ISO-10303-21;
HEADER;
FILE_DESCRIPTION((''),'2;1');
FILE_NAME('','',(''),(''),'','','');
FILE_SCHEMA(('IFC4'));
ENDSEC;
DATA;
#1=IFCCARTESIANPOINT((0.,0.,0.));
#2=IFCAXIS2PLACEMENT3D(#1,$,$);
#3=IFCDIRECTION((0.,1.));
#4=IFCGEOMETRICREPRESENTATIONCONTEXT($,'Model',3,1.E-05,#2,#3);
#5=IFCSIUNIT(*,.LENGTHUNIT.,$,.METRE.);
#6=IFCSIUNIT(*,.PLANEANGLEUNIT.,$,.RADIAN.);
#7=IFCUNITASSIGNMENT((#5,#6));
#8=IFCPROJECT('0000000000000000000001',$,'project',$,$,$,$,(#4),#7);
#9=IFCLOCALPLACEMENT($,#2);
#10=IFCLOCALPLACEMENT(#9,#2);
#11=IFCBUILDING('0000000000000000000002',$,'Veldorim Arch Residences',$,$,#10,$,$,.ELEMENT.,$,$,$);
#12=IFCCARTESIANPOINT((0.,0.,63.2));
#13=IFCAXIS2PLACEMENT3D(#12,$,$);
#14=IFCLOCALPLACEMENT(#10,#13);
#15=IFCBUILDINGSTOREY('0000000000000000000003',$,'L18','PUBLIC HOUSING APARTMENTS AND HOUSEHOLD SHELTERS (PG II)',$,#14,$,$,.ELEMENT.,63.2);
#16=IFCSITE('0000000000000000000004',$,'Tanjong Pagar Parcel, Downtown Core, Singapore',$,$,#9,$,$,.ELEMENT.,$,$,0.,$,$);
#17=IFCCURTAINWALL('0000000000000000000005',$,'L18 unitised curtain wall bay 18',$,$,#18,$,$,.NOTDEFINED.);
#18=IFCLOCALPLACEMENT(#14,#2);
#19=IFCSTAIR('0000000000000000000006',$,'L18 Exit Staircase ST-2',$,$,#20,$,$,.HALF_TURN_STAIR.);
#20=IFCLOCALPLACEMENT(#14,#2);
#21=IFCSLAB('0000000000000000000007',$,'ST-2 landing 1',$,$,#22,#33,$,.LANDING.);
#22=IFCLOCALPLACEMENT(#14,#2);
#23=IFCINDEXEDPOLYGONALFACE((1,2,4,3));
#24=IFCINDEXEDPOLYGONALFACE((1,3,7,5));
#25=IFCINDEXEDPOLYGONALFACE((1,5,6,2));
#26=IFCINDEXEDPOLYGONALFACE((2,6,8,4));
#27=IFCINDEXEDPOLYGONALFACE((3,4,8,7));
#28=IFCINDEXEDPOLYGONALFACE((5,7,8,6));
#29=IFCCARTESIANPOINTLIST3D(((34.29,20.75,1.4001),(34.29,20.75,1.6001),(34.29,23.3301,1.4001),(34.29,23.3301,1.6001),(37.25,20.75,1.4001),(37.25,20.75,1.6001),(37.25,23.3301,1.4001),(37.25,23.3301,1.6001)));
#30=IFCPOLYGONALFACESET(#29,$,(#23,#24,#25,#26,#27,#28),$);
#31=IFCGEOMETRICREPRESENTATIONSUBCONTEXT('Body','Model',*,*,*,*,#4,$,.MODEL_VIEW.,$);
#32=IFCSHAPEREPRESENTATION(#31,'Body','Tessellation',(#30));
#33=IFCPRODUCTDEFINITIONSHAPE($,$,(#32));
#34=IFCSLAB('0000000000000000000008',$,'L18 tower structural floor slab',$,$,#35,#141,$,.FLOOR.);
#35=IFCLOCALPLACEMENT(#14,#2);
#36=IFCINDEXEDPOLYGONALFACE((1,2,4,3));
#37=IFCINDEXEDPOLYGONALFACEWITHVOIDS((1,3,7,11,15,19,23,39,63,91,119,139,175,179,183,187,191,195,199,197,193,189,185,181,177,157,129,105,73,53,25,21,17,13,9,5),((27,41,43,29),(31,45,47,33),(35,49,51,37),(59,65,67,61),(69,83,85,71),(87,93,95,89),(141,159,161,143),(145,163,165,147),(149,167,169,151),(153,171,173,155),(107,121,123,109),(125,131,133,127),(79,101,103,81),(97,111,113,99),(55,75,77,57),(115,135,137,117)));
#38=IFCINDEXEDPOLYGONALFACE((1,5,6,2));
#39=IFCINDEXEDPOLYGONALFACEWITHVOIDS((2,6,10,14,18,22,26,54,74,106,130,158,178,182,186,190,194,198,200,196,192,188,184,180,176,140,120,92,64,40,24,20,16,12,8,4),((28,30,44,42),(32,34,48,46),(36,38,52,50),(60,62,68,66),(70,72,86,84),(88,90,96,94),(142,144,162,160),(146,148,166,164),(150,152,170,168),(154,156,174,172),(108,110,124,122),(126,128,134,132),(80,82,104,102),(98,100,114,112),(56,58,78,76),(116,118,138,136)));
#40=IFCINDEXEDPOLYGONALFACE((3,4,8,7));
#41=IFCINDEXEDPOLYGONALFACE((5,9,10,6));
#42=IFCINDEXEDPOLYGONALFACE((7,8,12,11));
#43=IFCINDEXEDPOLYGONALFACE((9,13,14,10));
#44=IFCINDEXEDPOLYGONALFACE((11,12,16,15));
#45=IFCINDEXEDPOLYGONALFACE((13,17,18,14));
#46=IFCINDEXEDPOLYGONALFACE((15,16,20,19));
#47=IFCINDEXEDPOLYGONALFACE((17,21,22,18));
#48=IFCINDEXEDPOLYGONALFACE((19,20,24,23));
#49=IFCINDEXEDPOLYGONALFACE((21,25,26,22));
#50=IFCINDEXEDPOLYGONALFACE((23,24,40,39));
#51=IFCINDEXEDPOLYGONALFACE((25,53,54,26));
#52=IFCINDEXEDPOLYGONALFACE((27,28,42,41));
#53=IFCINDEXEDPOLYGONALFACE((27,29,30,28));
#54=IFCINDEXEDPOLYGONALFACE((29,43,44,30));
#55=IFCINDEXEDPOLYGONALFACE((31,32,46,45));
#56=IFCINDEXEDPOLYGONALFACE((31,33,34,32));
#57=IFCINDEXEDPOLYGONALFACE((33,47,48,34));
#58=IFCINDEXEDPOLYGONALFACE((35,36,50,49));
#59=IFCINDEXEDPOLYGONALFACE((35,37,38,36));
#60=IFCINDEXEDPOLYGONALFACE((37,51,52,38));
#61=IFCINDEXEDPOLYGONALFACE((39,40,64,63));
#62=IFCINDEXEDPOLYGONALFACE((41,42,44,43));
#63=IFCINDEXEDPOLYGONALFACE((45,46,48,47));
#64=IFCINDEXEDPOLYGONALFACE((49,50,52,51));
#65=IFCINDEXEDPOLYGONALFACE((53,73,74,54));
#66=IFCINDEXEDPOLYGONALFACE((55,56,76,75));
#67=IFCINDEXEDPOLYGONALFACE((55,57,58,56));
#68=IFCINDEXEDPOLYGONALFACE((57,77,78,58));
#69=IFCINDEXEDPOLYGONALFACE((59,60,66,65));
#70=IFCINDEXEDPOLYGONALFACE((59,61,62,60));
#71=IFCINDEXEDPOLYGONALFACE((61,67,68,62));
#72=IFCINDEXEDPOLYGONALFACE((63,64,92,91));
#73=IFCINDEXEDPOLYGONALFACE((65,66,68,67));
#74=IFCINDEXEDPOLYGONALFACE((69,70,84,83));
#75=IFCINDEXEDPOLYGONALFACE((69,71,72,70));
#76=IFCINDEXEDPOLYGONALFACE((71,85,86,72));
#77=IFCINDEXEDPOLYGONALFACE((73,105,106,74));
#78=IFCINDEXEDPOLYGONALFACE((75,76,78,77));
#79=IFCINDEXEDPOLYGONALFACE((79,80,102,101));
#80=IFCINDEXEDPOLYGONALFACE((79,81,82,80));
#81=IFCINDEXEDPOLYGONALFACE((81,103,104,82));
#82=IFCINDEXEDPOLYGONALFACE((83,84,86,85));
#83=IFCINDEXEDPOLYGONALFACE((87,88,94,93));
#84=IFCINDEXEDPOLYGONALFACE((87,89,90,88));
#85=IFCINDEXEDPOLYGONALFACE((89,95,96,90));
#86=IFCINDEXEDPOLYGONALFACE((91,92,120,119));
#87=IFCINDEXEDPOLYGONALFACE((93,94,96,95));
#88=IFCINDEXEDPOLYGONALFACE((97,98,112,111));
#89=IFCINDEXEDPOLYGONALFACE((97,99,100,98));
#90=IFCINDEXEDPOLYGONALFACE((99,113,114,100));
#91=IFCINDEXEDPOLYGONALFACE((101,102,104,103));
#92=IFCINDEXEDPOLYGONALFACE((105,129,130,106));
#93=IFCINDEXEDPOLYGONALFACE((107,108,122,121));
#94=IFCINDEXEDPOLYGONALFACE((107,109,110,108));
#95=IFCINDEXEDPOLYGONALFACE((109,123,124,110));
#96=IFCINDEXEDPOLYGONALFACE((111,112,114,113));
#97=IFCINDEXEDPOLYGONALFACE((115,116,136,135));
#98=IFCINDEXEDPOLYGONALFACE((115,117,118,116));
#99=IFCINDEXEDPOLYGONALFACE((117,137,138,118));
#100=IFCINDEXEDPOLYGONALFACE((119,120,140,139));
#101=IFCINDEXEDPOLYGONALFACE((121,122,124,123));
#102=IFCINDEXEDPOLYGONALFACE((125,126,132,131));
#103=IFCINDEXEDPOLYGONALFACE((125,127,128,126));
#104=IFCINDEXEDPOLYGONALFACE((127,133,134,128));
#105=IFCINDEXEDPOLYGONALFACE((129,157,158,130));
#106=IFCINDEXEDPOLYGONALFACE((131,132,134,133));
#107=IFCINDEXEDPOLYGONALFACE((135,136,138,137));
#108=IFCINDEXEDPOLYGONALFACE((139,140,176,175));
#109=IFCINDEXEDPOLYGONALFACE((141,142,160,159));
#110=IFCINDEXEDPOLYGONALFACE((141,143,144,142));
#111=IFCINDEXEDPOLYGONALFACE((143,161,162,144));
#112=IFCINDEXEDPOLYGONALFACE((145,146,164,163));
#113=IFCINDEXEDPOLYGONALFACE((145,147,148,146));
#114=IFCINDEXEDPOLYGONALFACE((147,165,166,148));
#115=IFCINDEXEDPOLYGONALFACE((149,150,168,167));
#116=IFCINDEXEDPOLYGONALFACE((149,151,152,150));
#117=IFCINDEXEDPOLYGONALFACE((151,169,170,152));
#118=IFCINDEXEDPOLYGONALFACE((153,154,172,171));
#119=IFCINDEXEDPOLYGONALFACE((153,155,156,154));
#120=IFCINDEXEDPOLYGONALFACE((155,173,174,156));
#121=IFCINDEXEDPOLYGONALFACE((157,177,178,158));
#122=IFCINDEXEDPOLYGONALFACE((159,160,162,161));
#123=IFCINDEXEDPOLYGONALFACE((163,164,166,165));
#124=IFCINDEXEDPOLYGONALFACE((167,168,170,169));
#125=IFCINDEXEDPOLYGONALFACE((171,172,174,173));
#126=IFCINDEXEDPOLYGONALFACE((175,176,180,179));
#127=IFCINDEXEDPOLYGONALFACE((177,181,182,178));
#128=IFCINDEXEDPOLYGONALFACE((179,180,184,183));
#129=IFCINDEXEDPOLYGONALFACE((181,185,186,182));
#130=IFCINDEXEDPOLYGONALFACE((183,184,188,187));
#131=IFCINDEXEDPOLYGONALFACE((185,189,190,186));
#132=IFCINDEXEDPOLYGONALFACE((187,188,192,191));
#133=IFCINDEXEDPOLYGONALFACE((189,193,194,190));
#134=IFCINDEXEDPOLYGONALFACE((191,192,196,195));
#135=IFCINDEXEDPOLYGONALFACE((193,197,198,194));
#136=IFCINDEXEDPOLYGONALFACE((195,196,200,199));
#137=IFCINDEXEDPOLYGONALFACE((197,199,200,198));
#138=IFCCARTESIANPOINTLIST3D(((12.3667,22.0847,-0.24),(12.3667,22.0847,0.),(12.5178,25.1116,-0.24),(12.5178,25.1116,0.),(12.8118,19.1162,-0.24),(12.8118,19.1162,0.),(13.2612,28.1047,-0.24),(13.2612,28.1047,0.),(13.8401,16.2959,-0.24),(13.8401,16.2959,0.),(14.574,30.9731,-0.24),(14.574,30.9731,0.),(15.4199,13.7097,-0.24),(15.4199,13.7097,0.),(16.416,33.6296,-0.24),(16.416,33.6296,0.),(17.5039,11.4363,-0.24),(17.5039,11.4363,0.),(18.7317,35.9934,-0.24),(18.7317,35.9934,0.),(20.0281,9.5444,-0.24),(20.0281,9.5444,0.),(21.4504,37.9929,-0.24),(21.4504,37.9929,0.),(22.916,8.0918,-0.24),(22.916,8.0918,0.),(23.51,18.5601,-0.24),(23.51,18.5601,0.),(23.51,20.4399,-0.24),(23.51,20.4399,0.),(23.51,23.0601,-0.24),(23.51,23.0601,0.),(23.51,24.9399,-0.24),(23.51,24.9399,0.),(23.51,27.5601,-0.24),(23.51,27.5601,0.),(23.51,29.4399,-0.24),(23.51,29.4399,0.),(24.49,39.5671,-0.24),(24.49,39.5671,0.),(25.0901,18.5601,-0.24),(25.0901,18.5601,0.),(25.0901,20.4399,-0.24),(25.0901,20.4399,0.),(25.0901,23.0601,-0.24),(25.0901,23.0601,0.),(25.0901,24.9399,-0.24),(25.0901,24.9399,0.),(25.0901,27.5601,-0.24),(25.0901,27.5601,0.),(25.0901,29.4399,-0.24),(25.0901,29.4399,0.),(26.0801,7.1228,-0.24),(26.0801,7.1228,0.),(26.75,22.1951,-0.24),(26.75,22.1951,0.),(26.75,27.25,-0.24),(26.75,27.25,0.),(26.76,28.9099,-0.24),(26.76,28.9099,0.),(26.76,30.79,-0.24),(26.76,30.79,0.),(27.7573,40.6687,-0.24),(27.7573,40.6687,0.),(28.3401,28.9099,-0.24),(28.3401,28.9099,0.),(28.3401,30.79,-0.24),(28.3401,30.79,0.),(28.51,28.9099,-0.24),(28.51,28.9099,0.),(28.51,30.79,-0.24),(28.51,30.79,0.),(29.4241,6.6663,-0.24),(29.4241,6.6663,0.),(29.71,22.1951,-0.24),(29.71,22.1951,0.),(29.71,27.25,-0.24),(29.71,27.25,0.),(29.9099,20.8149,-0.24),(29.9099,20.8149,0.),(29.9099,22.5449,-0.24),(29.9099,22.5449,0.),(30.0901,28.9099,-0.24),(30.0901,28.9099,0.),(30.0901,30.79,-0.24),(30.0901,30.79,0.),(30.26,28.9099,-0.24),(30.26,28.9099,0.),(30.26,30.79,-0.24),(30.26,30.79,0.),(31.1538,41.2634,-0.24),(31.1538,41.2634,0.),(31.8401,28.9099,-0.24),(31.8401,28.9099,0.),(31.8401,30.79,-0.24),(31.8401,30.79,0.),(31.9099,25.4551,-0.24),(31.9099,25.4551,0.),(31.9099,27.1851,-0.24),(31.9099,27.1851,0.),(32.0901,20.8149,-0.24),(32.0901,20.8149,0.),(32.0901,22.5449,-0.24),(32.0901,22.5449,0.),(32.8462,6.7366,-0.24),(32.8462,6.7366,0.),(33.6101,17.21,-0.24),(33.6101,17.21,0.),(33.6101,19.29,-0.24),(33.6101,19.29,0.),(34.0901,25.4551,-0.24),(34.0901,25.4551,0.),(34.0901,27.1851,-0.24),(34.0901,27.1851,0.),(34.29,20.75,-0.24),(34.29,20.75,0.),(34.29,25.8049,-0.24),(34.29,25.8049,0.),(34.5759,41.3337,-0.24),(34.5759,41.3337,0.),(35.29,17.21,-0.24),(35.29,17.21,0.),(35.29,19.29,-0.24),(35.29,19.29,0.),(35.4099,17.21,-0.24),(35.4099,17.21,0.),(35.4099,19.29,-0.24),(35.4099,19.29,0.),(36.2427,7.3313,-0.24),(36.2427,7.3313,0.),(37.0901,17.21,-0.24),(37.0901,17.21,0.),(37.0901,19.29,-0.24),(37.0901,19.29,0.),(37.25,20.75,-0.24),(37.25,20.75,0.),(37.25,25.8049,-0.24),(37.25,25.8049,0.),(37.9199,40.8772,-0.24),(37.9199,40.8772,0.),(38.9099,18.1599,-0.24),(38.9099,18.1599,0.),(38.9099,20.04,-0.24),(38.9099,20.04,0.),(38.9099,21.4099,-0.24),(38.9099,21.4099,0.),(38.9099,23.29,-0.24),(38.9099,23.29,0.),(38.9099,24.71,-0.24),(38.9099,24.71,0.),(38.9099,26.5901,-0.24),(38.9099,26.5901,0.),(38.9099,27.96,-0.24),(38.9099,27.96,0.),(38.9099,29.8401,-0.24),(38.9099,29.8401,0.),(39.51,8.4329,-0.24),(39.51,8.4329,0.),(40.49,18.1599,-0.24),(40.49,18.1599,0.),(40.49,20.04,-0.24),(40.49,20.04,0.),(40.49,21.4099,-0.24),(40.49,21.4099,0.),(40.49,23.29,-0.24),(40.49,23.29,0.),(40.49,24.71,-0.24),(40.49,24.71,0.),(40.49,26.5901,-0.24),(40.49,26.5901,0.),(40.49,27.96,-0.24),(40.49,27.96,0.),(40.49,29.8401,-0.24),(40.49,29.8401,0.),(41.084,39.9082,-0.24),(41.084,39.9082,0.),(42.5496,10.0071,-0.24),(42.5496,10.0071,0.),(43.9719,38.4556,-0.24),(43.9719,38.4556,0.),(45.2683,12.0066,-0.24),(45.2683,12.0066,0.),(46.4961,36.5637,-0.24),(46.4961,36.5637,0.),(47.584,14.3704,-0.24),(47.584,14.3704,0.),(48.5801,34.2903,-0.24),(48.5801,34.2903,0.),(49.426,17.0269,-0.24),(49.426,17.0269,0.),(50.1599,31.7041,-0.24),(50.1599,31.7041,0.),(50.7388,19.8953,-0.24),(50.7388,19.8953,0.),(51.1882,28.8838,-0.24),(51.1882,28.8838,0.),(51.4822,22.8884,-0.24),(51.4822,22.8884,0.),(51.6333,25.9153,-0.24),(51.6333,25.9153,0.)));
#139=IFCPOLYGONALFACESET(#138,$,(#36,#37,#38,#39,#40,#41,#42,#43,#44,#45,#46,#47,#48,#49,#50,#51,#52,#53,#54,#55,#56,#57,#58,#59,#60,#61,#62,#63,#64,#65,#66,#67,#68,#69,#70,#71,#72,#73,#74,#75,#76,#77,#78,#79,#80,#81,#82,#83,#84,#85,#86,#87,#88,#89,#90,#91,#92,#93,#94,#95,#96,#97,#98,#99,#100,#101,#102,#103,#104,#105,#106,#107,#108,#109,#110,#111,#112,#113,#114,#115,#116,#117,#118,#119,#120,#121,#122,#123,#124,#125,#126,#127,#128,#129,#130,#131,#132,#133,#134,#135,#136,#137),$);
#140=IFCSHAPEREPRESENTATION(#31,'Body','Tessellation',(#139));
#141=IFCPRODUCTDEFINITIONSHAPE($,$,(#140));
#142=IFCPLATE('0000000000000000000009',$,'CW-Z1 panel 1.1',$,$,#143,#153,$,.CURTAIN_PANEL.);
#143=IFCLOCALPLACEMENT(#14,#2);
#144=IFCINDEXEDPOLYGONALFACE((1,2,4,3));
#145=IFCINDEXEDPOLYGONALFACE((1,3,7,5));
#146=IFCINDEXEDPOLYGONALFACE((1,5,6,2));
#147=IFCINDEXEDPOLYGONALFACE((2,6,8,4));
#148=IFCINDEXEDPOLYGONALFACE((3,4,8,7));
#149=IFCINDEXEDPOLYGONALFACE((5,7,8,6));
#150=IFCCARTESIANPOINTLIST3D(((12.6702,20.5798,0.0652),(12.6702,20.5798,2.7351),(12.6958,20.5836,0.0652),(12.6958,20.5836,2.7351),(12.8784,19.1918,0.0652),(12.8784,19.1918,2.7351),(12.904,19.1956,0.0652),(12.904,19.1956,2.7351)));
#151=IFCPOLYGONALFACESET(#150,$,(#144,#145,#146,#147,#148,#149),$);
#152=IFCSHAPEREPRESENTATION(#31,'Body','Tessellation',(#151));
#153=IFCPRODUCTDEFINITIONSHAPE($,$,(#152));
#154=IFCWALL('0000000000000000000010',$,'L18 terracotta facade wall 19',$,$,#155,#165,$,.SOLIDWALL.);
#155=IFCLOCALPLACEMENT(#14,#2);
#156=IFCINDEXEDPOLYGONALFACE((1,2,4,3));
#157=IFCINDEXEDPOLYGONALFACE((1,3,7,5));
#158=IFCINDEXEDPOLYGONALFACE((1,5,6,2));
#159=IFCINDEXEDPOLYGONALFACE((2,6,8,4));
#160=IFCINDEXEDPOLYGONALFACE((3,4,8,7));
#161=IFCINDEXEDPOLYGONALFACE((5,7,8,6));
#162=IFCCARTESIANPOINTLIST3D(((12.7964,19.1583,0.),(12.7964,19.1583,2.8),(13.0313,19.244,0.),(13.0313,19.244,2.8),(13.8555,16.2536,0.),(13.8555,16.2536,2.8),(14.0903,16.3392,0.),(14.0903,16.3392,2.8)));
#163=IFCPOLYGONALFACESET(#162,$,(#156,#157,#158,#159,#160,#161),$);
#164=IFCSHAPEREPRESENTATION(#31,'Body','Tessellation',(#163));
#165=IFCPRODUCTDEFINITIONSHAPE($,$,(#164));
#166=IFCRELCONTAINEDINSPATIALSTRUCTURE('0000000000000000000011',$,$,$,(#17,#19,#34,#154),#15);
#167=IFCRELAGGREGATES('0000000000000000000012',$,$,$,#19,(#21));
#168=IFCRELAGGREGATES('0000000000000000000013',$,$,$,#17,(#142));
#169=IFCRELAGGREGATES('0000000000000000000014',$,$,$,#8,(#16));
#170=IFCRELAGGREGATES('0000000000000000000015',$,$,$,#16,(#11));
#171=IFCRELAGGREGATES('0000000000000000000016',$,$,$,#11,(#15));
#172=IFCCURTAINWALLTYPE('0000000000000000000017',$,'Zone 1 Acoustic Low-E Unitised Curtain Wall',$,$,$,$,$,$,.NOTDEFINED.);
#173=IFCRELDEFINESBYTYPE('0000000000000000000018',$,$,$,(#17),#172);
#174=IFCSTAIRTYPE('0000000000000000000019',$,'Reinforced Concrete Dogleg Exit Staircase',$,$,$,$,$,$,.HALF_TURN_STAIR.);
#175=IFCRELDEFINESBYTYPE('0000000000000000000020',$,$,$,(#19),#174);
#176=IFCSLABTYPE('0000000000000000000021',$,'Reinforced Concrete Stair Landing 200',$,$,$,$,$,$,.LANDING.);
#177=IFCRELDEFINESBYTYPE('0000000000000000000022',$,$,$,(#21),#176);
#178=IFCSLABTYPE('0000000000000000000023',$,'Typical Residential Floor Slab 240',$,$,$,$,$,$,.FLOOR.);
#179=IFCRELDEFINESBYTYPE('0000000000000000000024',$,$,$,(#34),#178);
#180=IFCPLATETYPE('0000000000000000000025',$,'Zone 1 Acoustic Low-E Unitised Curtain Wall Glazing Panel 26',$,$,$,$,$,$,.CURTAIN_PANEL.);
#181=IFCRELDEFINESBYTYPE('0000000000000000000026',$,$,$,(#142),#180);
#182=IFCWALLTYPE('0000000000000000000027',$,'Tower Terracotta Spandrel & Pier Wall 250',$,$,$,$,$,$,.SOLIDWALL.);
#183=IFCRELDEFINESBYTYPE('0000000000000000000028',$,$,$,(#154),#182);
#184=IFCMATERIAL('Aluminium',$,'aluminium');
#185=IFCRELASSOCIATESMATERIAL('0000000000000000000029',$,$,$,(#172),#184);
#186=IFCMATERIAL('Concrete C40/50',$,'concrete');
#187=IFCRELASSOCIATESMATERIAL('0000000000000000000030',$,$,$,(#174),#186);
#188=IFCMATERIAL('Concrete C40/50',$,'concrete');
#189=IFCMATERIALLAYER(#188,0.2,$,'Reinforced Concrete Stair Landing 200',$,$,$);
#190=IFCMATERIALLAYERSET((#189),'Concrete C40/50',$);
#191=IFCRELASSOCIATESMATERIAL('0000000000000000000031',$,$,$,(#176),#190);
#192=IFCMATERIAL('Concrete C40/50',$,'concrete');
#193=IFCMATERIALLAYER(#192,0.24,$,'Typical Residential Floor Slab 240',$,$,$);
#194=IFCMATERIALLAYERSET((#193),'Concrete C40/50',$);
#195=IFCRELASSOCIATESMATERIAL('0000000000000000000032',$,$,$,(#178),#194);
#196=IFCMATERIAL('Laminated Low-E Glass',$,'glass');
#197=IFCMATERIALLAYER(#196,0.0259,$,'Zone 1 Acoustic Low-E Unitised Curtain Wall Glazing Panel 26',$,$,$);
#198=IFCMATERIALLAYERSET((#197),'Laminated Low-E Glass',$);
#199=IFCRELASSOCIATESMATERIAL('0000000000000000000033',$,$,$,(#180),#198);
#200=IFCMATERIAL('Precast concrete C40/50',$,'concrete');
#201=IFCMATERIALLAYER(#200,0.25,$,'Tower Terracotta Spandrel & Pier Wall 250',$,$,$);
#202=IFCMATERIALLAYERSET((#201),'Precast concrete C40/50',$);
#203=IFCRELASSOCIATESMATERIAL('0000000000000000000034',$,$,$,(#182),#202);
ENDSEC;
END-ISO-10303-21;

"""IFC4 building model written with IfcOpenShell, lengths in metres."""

from ifc_helpers import new_model, si_unit, direction, frame, frame_2d, origin, origin_2d, place, context, subcontext, project, spatial, polyline, rectangle, outline, extrude, material, layer, layer_set, type_object, element, aggregate, save


model = new_model("IFC4")

# Units and contexts
model_context = context("Model", 3, precision=1e-05, world=origin(), true_north=direction((0.0, 1.0)))
body_context = subcontext(model_context, "Body", "Model", "MODEL_VIEW")
ifc_project = project(units=[si_unit("LENGTHUNIT", "METRE"), si_unit("PLANEANGLEUNIT", "RADIAN")], contexts=[model_context])

# Site, building, storey
site_placement = place(None, origin())
site = spatial("IfcSite", under=ifc_project, at=site_placement, Name="Tanjong Pagar Parcel, Downtown Core, Singapore", CompositionType="ELEMENT", RefElevation=0.0)
building_placement = place(site_placement, origin())
building = spatial("IfcBuilding", under=site, at=building_placement, Name="Veldorim Arch Residences", CompositionType="ELEMENT")
storey_placement = place(building_placement, frame((0.0, 0.0, 63.2)))
storey = spatial("IfcBuildingStorey", under=building, at=storey_placement, Name="L18", Description="PUBLIC HOUSING APARTMENTS AND HOUSEHOLD SHELTERS (PG II)", CompositionType="ELEMENT", Elevation=63.2)

# Curtain wall
ifc_material_1 = material(Name="Aluminium", Category="aluminium")
curtain_wall_type = type_object("IfcCurtainWallType", Name="Zone 1 Acoustic Low-E Unitised Curtain Wall", PredefinedType="NOTDEFINED", material=ifc_material_1)
curtain_wall_placement = place(storey_placement, origin())
curtain_wall = element("IfcCurtainWall", 1, at=curtain_wall_placement, inside=storey, type_object=curtain_wall_type, Name="L18 unitised curtain wall bay 18", PredefinedType="NOTDEFINED")

# Stair, slab
ifc_material_2 = material(Name="Concrete C40/50", Category="concrete")
stair_type = type_object("IfcStairType", Name="Reinforced Concrete Dogleg Exit Staircase", PredefinedType="HALF_TURN_STAIR", material=ifc_material_2)
ifc_material_3 = material(Name="Concrete C40/50", Category="concrete")
ifc_layer_1 = layer(ifc_material_3, 0.2, Name="Reinforced Concrete Stair Landing 200")
ifc_layer_set_1 = layer_set([ifc_layer_1], Name="Concrete C40/50")
slab_type_1 = type_object("IfcSlabType", Name="Reinforced Concrete Stair Landing 200", PredefinedType="LANDING", material=ifc_layer_set_1)
stair_1_placement = place(storey_placement, origin())
stair_1 = element("IfcStair", 2, at=stair_1_placement, inside=storey, type_object=stair_type, Name="L18 Exit Staircase ST-2", PredefinedType="HALF_TURN_STAIR")
slab_1_placement = place(storey_placement, frame((0.0, 0.0, 1.4001)))
slab_1 = element("IfcSlab", 3, at=slab_1_placement, type_object=slab_type_1, Name="ST-2 landing 1", PredefinedType="LANDING", context=body_context, shape_type="SweptSolid", body=[
    extrude(outline(polyline([(34.29, 23.3301), (34.29, 20.75), (37.25, 20.75), (37.25, 23.3301), (34.29, 23.3301)])), origin(), (0.0, 0.0, 1.0), 0.2),
])
aggregate(stair_1, [slab_1])

# Slab
ifc_material_4 = material(Name="Concrete C40/50", Category="concrete")
ifc_layer_2 = layer(ifc_material_4, 0.24, Name="Typical Residential Floor Slab 240")
ifc_layer_set_2 = layer_set([ifc_layer_2], Name="Concrete C40/50")
slab_type_2 = type_object("IfcSlabType", Name="Typical Residential Floor Slab 240", PredefinedType="FLOOR", material=ifc_layer_set_2)
slab_2_placement = place(storey_placement, frame((0.0, 0.0, -0.24)))
element("IfcSlab", 4, at=slab_2_placement, inside=storey, type_object=slab_type_2, Name="L18 tower structural floor slab", PredefinedType="FLOOR", context=body_context, shape_type="SweptSolid", body=[
    extrude(outline(polyline([(51.1882, 28.8838), (50.1599, 31.7041), (48.5801, 34.2903), (46.4961, 36.5637), (43.9719, 38.4556), (41.084, 39.9082), (37.9199, 40.8772), (34.5759, 41.3337), (31.1538, 41.2634), (27.7573, 40.6687), (24.49, 39.5671), (21.4504, 37.9929), (18.7317, 35.9934), (16.416, 33.6296), (14.574, 30.9731), (13.2612, 28.1047), (12.5178, 25.1116), (12.3667, 22.0847), (12.8118, 19.1162), (13.8401, 16.2959), (15.4199, 13.7097), (17.5039, 11.4363), (20.0281, 9.5444), (22.916, 8.0918), (26.0801, 7.1228), (29.4241, 6.6663), (32.8462, 6.7366), (36.2427, 7.3313), (39.51, 8.4329), (42.5496, 10.0071), (45.2683, 12.0066), (47.584, 14.3704), (49.426, 17.0269), (50.7388, 19.8953), (51.4822, 22.8884), (51.6333, 25.9153), (51.1882, 28.8838)]), holes=[polyline([(23.51, 20.4399), (25.0901, 20.4399), (25.0901, 18.5601), (23.51, 18.5601), (23.51, 20.4399)]), polyline([(29.9099, 22.5449), (32.0901, 22.5449), (32.0901, 20.8149), (29.9099, 20.8149), (29.9099, 22.5449)]), polyline([(23.51, 24.9399), (25.0901, 24.9399), (25.0901, 23.0601), (23.51, 23.0601), (23.51, 24.9399)]), polyline([(26.75, 27.25), (29.71, 27.25), (29.71, 22.1951), (26.75, 22.1951), (26.75, 27.25)]), polyline([(23.51, 29.4399), (25.0901, 29.4399), (25.0901, 27.5601), (23.51, 27.5601), (23.51, 29.4399)]), polyline([(26.76, 30.79), (28.3401, 30.79), (28.3401, 28.9099), (26.76, 28.9099), (26.76, 30.79)]), polyline([(28.51, 30.79), (30.0901, 30.79), (30.0901, 28.9099), (28.51, 28.9099), (28.51, 30.79)]), polyline([(30.26, 30.79), (31.8401, 30.79), (31.8401, 28.9099), (30.26, 28.9099), (30.26, 30.79)]), polyline([(33.6101, 19.29), (35.29, 19.29), (35.29, 17.21), (33.6101, 17.21), (33.6101, 19.29)]), polyline([(35.4099, 19.29), (37.0901, 19.29), (37.0901, 17.21), (35.4099, 17.21), (35.4099, 19.29)]), polyline([(38.9099, 20.04), (40.49, 20.04), (40.49, 18.1599), (38.9099, 18.1599), (38.9099, 20.04)]), polyline([(38.9099, 23.29), (40.49, 23.29), (40.49, 21.4099), (38.9099, 21.4099), (38.9099, 23.29)]), polyline([(34.29, 25.8049), (37.25, 25.8049), (37.25, 20.75), (34.29, 20.75), (34.29, 25.8049)]), polyline([(38.9099, 26.5901), (40.49, 26.5901), (40.49, 24.71), (38.9099, 24.71), (38.9099, 26.5901)]), polyline([(31.9099, 27.1851), (34.0901, 27.1851), (34.0901, 25.4551), (31.9099, 25.4551), (31.9099, 27.1851)]), polyline([(38.9099, 29.8401), (40.49, 29.8401), (40.49, 27.96), (38.9099, 27.96), (38.9099, 29.8401)])]), origin(), (0.0, 0.0, 1.0), 0.24),
])

# Plate
ifc_material_5 = material(Name="Laminated Low-E Glass", Category="glass")
ifc_layer_3 = layer(ifc_material_5, 0.0259, Name="Zone 1 Acoustic Low-E Unitised Curtain Wall Glazing Panel 26")
ifc_layer_set_3 = layer_set([ifc_layer_3], Name="Laminated Low-E Glass")
plate_type = type_object("IfcPlateType", Name="Zone 1 Acoustic Low-E Unitised Curtain Wall Glazing Panel 26", PredefinedType="CURTAIN_PANEL", material=ifc_layer_set_3)
plate_placement = place(storey_placement, frame((12.7871, 19.8877, 0.0652), z_axis=(0.0, 0.0, 1.0), x_axis=(-0.148306, 0.988941, 0.0)))
plate = element("IfcPlate", 5, at=plate_placement, type_object=plate_type, Name="CW-Z1 panel 1.1", PredefinedType="CURTAIN_PANEL", context=body_context, shape_type="SweptSolid", body=[
    extrude(rectangle(XDim=1.4036, YDim=0.0259, at=origin_2d()), origin(), (0.0, 0.0, 1.0), 2.6699),
])
aggregate(curtain_wall, [plate])

# Wall
ifc_material_6 = material(Name="Precast concrete C40/50", Category="concrete")
ifc_layer_4 = layer(ifc_material_6, 0.25, Name="Tower Terracotta Spandrel & Pier Wall 250")
ifc_layer_set_4 = layer_set([ifc_layer_4], Name="Precast concrete C40/50")
wall_type = type_object("IfcWallType", Name="Tower Terracotta Spandrel & Pier Wall 250", PredefinedType="SOLIDWALL", material=ifc_layer_set_4)
wall_placement = place(storey_placement, frame((13.9729, 16.2964, 0.0), z_axis=(0.0, 0.0, 1.0), x_axis=(-0.342542, 0.939503, 0.0)))
element("IfcWall", 6, at=wall_placement, inside=storey, type_object=wall_type, Name="L18 terracotta facade wall 19", PredefinedType="SOLIDWALL", context=body_context, shape_type="SweptSolid", body=[
    extrude(rectangle(XDim=3.0918, YDim=0.25, at=frame_2d((1.5459, 0.0))), origin(), (0.0, 0.0, 1.0), 2.8),
])

save(model, "model.ifc")
